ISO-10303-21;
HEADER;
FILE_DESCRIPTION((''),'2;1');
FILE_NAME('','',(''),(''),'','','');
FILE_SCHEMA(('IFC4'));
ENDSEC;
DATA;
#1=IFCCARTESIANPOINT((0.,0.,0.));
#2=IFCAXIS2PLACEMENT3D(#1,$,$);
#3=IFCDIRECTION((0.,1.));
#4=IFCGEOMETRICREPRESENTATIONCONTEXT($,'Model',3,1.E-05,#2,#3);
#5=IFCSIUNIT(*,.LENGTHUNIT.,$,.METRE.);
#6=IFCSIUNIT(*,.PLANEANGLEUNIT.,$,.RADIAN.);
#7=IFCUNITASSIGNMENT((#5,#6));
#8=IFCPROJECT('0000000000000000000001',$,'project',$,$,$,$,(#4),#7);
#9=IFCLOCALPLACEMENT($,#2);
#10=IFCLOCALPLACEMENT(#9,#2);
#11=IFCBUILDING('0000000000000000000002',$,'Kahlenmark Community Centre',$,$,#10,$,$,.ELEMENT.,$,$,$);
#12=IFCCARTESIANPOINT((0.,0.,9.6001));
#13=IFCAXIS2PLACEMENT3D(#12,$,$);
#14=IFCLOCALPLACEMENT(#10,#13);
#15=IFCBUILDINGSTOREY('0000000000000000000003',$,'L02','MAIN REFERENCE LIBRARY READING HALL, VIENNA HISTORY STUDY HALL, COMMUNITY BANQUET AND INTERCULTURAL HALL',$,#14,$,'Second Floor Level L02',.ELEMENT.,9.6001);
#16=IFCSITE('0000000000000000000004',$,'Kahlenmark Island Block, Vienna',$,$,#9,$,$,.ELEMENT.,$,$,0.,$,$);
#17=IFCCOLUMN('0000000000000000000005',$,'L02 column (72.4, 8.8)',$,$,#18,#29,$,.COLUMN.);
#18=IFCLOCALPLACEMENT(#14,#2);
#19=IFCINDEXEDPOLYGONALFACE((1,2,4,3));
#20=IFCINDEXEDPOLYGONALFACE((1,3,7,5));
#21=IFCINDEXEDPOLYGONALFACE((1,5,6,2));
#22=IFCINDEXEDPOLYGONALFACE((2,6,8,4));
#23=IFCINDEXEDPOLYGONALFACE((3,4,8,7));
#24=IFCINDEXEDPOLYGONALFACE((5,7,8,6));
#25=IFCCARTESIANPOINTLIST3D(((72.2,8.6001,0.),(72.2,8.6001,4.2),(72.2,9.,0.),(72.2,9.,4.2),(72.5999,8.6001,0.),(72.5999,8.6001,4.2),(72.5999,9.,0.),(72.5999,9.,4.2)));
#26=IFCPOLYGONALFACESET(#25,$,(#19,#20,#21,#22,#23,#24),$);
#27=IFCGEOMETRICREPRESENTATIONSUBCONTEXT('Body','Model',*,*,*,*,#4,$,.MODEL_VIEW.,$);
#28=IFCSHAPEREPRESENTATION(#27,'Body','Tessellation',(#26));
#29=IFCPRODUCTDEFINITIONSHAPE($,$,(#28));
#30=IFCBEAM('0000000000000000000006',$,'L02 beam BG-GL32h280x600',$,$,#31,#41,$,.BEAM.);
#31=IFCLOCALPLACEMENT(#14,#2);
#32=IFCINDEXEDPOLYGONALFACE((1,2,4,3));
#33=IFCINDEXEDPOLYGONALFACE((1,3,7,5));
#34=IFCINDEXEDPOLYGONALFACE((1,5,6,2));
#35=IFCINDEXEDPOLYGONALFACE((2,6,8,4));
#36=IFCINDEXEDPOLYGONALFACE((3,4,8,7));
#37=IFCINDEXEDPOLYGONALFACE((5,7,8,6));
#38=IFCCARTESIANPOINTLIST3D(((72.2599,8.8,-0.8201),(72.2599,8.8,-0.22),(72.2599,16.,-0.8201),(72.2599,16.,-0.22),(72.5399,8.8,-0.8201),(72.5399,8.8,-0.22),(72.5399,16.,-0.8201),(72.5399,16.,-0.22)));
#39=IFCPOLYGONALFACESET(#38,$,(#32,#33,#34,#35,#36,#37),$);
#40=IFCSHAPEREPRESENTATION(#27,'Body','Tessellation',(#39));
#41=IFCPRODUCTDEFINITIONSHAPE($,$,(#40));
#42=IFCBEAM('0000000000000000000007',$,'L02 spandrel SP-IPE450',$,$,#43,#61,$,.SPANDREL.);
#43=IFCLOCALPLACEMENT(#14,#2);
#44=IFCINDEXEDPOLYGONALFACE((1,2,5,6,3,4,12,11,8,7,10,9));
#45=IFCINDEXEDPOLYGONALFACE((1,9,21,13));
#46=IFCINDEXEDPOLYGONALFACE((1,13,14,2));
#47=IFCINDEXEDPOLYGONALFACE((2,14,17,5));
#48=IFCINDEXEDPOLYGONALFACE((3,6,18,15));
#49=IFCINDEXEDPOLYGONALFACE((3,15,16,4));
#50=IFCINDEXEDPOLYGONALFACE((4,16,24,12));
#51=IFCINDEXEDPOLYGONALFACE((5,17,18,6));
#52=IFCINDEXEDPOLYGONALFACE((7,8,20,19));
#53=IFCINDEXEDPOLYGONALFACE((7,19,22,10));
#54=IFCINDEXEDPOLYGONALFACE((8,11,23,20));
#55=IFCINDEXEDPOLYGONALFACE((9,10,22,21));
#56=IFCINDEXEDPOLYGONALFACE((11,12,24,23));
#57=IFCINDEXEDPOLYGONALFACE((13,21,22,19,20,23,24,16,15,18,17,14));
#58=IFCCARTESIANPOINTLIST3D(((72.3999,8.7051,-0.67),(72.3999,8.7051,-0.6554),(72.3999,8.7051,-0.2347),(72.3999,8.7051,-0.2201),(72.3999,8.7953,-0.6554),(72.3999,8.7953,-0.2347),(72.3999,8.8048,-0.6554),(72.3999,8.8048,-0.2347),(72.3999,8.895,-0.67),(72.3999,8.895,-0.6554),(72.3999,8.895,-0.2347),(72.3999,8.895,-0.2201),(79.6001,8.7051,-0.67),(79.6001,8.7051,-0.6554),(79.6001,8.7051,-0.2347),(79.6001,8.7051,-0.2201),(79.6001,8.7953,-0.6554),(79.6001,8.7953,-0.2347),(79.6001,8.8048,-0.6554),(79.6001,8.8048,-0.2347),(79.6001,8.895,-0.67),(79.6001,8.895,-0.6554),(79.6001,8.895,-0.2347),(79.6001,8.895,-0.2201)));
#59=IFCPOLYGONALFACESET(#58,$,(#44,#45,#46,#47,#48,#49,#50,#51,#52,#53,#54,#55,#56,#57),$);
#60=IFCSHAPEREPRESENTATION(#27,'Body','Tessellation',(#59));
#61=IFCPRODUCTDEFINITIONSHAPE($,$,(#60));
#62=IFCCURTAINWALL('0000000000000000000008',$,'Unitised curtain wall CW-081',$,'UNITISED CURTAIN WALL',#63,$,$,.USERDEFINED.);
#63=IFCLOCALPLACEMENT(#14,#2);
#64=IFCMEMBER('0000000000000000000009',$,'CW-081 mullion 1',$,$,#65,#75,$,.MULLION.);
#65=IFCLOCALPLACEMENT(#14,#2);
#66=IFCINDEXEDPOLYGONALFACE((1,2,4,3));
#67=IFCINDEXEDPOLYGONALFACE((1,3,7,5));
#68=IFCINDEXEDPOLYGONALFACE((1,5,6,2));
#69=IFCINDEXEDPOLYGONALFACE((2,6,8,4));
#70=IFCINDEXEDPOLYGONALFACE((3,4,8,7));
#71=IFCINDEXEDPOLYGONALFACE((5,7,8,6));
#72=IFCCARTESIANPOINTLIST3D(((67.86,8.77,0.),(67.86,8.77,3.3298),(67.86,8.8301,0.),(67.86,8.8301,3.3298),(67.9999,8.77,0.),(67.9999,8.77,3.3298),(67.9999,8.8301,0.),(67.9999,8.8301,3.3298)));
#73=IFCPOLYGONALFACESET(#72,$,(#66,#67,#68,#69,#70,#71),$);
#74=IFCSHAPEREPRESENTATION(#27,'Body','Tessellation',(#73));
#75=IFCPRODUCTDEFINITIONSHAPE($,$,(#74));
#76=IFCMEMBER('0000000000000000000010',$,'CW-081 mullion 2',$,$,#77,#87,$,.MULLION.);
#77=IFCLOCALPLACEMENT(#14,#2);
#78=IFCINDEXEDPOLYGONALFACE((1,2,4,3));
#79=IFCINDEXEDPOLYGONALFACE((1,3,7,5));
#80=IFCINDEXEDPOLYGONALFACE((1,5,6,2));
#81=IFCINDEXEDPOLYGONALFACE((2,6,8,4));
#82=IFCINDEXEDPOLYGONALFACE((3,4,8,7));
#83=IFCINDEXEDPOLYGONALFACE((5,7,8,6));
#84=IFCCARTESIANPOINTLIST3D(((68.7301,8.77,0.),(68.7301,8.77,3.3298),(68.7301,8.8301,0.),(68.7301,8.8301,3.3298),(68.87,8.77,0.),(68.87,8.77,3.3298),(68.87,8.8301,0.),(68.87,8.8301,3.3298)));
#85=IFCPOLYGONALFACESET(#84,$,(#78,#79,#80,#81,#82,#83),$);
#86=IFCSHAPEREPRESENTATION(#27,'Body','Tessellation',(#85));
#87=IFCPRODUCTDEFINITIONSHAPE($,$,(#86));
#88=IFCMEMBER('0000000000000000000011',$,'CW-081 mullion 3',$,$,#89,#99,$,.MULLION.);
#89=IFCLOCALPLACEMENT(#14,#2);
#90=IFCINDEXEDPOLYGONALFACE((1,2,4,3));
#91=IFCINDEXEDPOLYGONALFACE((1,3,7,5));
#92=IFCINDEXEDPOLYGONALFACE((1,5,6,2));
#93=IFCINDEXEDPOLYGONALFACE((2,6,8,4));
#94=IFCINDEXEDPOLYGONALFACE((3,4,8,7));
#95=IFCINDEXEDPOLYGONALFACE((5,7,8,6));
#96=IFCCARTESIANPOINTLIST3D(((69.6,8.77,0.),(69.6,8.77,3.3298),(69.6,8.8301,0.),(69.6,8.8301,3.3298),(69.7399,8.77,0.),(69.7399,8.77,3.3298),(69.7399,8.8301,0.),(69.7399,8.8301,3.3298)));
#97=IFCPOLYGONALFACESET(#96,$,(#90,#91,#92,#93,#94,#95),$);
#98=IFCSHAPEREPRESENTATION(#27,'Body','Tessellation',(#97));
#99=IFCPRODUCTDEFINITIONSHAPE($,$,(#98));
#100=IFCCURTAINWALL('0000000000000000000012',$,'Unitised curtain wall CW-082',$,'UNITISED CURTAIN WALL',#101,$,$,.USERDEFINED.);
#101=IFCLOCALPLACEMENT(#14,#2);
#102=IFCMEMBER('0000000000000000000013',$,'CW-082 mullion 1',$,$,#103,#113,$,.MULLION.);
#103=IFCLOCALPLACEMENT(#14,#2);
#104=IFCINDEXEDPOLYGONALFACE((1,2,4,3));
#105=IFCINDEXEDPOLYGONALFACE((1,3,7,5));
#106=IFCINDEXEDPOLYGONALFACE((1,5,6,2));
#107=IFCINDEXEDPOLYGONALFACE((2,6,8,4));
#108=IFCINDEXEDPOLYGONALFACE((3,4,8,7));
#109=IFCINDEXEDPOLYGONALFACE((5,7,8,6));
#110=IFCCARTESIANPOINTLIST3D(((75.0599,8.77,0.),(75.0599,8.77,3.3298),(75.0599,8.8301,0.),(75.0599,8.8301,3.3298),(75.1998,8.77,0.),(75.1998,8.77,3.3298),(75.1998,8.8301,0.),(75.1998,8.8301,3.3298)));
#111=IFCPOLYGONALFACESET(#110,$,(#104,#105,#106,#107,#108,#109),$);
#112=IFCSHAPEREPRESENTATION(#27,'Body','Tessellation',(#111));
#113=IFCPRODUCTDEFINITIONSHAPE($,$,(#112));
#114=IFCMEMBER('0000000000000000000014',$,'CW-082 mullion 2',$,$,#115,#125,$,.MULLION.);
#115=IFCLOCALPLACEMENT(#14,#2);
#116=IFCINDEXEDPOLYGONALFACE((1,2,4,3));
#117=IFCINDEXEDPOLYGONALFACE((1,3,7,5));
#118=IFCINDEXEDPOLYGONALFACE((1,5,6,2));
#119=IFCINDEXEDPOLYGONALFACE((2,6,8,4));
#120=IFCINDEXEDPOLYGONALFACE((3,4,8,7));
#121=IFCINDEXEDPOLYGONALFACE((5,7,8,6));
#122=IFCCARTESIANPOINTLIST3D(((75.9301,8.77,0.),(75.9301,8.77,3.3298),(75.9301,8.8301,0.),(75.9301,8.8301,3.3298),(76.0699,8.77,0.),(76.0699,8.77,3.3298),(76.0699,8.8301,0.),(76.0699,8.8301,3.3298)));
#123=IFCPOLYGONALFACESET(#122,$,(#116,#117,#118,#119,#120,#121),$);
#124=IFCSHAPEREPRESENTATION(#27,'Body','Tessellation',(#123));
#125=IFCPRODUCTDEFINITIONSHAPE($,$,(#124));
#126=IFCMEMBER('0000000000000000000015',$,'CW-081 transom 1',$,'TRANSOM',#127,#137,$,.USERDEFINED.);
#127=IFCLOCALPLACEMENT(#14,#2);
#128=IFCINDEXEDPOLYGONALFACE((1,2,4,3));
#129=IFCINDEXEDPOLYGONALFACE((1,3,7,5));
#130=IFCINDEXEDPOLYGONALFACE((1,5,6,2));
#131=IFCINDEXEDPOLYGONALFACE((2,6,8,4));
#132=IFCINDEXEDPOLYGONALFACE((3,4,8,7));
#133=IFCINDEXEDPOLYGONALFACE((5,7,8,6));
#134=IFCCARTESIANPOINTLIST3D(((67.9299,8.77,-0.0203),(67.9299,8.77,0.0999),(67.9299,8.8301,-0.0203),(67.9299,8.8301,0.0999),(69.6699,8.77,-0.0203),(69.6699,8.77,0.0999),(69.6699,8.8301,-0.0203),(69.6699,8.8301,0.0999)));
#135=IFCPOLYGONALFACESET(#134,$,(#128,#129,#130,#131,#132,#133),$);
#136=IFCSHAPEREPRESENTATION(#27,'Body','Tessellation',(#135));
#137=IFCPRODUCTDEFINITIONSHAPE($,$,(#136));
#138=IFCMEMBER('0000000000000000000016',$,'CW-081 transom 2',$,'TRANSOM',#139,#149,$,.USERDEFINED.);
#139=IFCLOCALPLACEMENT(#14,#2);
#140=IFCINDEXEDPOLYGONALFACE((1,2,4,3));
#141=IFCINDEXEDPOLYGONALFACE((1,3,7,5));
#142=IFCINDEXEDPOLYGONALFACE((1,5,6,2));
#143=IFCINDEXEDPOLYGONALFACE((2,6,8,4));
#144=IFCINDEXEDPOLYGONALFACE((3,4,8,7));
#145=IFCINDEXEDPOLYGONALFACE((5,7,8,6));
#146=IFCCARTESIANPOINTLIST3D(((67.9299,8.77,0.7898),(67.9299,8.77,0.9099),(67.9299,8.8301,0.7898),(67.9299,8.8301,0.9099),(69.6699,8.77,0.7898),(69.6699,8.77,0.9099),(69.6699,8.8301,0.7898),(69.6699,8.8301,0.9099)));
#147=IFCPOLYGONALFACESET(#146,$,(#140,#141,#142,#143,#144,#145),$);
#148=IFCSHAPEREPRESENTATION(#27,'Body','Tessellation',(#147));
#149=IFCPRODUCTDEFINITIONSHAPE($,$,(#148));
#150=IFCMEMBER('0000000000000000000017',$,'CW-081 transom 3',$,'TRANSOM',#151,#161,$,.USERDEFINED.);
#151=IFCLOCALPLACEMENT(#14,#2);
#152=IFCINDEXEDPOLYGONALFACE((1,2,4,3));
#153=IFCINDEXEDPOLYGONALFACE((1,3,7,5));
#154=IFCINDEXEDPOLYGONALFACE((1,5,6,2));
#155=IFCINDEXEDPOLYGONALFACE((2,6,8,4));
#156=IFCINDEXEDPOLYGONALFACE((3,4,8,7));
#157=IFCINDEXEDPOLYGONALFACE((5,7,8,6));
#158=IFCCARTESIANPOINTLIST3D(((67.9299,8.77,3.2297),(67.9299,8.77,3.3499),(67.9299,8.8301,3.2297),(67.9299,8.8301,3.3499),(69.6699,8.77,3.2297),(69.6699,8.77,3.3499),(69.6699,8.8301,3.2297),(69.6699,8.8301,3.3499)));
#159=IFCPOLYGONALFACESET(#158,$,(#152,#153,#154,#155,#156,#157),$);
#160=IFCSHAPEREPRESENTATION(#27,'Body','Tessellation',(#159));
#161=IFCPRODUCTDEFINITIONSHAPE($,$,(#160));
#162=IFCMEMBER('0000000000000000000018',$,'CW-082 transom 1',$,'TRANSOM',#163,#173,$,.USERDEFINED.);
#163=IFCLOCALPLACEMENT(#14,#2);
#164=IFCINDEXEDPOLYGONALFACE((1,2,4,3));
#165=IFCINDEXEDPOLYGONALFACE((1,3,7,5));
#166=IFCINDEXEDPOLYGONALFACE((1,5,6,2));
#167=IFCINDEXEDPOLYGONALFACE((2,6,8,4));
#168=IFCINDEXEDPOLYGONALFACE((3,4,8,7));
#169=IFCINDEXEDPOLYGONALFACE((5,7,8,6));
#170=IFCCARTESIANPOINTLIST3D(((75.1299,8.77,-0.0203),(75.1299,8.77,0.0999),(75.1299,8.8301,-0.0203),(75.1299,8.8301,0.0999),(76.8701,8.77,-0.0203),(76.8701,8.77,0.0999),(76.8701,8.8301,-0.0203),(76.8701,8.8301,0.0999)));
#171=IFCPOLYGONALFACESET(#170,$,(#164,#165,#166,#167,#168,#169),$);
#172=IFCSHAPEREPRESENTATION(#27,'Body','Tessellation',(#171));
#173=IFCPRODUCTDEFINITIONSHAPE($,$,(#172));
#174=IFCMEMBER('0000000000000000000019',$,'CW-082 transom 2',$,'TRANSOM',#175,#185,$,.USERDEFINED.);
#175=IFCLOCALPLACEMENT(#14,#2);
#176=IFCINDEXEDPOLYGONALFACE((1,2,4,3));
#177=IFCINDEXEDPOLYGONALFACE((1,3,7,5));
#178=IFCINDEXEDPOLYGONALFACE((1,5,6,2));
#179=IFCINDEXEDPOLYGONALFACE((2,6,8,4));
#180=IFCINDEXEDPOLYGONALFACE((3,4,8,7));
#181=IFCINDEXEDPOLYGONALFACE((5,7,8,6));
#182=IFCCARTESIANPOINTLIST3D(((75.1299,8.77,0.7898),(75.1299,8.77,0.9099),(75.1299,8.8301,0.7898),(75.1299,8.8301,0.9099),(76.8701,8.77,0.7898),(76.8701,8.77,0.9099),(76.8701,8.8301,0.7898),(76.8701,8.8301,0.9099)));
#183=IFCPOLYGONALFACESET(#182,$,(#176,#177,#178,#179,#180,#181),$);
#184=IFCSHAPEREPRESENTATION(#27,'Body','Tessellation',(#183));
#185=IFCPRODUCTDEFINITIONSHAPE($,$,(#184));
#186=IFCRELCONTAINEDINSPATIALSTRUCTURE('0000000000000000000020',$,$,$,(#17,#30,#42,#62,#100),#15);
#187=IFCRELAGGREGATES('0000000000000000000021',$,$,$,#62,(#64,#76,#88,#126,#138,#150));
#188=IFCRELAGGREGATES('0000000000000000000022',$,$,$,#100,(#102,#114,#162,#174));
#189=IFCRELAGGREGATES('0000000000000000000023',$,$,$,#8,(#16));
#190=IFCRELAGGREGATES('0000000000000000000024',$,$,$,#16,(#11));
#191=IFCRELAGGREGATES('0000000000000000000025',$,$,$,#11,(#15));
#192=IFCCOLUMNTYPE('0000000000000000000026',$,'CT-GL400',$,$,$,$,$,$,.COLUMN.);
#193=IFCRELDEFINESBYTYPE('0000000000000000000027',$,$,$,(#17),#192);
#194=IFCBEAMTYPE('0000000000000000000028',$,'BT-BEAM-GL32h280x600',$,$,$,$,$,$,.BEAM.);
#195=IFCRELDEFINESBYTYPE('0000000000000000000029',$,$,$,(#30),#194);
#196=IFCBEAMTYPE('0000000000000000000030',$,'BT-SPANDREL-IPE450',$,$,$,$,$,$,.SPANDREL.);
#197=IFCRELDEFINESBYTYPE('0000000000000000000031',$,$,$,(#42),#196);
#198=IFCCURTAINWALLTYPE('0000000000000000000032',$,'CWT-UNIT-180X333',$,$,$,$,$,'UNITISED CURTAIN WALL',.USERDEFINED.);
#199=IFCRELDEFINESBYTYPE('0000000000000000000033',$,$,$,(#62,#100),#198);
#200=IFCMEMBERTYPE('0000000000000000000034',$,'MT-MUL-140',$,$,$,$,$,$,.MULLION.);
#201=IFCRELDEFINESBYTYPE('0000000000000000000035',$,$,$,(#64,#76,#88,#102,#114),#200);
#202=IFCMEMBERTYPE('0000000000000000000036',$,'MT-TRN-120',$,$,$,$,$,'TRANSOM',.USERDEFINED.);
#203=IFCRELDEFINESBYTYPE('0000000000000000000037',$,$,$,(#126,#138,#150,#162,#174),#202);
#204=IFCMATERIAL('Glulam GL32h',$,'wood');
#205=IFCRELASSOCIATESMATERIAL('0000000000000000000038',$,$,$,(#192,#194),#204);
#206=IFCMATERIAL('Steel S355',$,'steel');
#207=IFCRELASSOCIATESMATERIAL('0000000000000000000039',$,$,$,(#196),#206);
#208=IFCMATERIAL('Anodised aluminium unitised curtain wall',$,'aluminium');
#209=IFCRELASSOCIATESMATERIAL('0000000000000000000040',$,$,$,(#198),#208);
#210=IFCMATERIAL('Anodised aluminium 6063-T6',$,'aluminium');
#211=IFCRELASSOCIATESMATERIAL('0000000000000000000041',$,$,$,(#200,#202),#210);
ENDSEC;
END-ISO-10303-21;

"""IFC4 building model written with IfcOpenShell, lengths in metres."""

from ifc_helpers import new_model, si_unit, direction, frame, origin, origin_2d, place, context, subcontext, project, spatial, rectangle, i_section, extrude, material, material_profile, profile_set, type_object, element, aggregate, save


model = new_model("IFC4")

# Units and contexts
model_context = context("Model", 3, precision=1e-05, world=origin(), true_north=direction((0.0, 1.0)))
body_context = subcontext(model_context, "Body", "Model", "MODEL_VIEW")
ifc_project = project(units=[si_unit("LENGTHUNIT", "METRE"), si_unit("PLANEANGLEUNIT", "RADIAN")], contexts=[model_context])

# Site, building, storey
site_placement = place(None, origin())
site = spatial("IfcSite", under=ifc_project, at=site_placement, Name="Kahlenmark Island Block, Vienna", CompositionType="ELEMENT", RefElevation=0.0)
building_placement = place(site_placement, origin())
building = spatial("IfcBuilding", under=site, at=building_placement, Name="Kahlenmark Community Centre", CompositionType="ELEMENT")
storey_placement = place(building_placement, frame((0.0, 0.0, 9.6001)))
storey = spatial("IfcBuildingStorey", under=building, at=storey_placement, Name="L02", Description="MAIN REFERENCE LIBRARY READING HALL, VIENNA HISTORY STUDY HALL, COMMUNITY BANQUET AND INTERCULTURAL HALL", LongName="Second Floor Level L02", CompositionType="ELEMENT", Elevation=9.6001)

# Column
ifc_material_1 = material(Name="Glulam GL32h", Category="wood")
ifc_material_profile_1 = material_profile(ifc_material_1, rectangle(XDim=0.3999, YDim=0.3999, at=origin_2d()), Name="GL32h 400x400")
ifc_profile_set_1 = profile_set([ifc_material_profile_1], Name="Glulam GL32h")
column_type = type_object("IfcColumnType", Name="CT-GL400", PredefinedType="COLUMN", material=ifc_profile_set_1)
column_placement = place(storey_placement, frame((72.3999, 8.8, 0.0), z_axis=(0.0, 0.0, 1.0), x_axis=(1.0, 0.0, 0.0)))
element("IfcColumn", 1, at=column_placement, inside=storey, type_object=column_type, Name="L02 column (72.4, 8.8)", PredefinedType="COLUMN", context=body_context, shape_type="SweptSolid", body=[
    extrude(rectangle(XDim=0.3999, YDim=0.3999, at=origin_2d()), origin(), (0.0, 0.0, 1.0), 4.2),
])

# Beams
ifc_material_profile_2 = material_profile(ifc_material_1, rectangle(XDim=0.28, YDim=0.6001, at=origin_2d()), Name="GL32h 280x600")
ifc_profile_set_2 = profile_set([ifc_material_profile_2], Name="Glulam GL32h")
beam_type_1 = type_object("IfcBeamType", Name="BT-BEAM-GL32h280x600", PredefinedType="BEAM", material=ifc_profile_set_2)
beam_1_placement = place(storey_placement, frame((72.3999, 8.8, -0.52), z_axis=(0.0, 1.0, 0.0), x_axis=(-1.0, 0.0, 0.0)))
element("IfcBeam", 2, at=beam_1_placement, inside=storey, type_object=beam_type_1, Name="L02 beam BG-GL32h280x600", PredefinedType="BEAM", context=body_context, shape_type="SweptSolid", body=[
    extrude(rectangle(XDim=0.28, YDim=0.6001, at=origin_2d()), origin(), (0.0, 0.0, 1.0), 7.2),
])
ifc_material_2 = material(Name="Steel S355", Category="steel")
ifc_material_profile_3 = material_profile(ifc_material_2, i_section(OverallWidth=0.1899, OverallDepth=0.45, WebThickness=0.0095, FlangeThickness=0.0146, at=origin_2d()), Name="IPE 450")
ifc_profile_set_3 = profile_set([ifc_material_profile_3], Name="Steel S355")
beam_type_2 = type_object("IfcBeamType", Name="BT-SPANDREL-IPE450", PredefinedType="SPANDREL", material=ifc_profile_set_3)
beam_2_placement = place(storey_placement, frame((72.3999, 8.8, -0.4451), z_axis=(1.0, 0.0, 0.0), x_axis=(0.0, 1.0, 0.0)))
element("IfcBeam", 3, at=beam_2_placement, inside=storey, type_object=beam_type_2, Name="L02 spandrel SP-IPE450", PredefinedType="SPANDREL", context=body_context, shape_type="SweptSolid", body=[
    extrude(i_section(OverallWidth=0.1899, OverallDepth=0.45, WebThickness=0.0095, FlangeThickness=0.0146, at=origin_2d()), origin(), (0.0, 0.0, 1.0), 7.2002),
])

# Curtain walls, members
ifc_material_3 = material(Name="Anodised aluminium unitised curtain wall", Category="aluminium")
curtain_wall_type = type_object("IfcCurtainWallType", Name="CWT-UNIT-180X333", ElementType="UNITISED CURTAIN WALL", PredefinedType="USERDEFINED", material=ifc_material_3)
curtain_wall_1_placement = place(storey_placement, origin())
curtain_wall_1 = element("IfcCurtainWall", 4, at=curtain_wall_1_placement, inside=storey, type_object=curtain_wall_type, Name="Unitised curtain wall CW-081", ObjectType="UNITISED CURTAIN WALL", PredefinedType="USERDEFINED")
ifc_material_4 = material(Name="Anodised aluminium 6063-T6", Category="aluminium")
ifc_material_profile_4 = material_profile(ifc_material_4, rectangle(XDim=0.0601, YDim=0.1399, at=origin_2d()), Name="ALU MULLION 60x140")
ifc_profile_set_4 = profile_set([ifc_material_profile_4], Name="Anodised aluminium 6063-T6")
member_type_1 = type_object("IfcMemberType", Name="MT-MUL-140", PredefinedType="MULLION", material=ifc_profile_set_4)
member_1_placement = place(storey_placement, frame((67.9299, 8.8, 0.0), z_axis=(0.0, 0.0, 1.0), x_axis=(0.0, 1.0, 0.0)))
member_1 = element("IfcMember", 5, at=member_1_placement, type_object=member_type_1, Name="CW-081 mullion 1", PredefinedType="MULLION", context=body_context, shape_type="SweptSolid", body=[
    extrude(rectangle(XDim=0.0601, YDim=0.1399, at=origin_2d()), origin(), (0.0, 0.0, 1.0), 3.3298),
])
member_2_placement = place(storey_placement, frame((68.8, 8.8, 0.0), z_axis=(0.0, 0.0, 1.0), x_axis=(0.0, 1.0, 0.0)))
member_2 = element("IfcMember", 6, at=member_2_placement, type_object=member_type_1, Name="CW-081 mullion 2", PredefinedType="MULLION", context=body_context, shape_type="SweptSolid", body=[
    extrude(rectangle(XDim=0.0601, YDim=0.1399, at=origin_2d()), origin(), (0.0, 0.0, 1.0), 3.3298),
])
member_3_placement = place(storey_placement, frame((69.6699, 8.8, 0.0), z_axis=(0.0, 0.0, 1.0), x_axis=(0.0, 1.0, 0.0)))
member_3 = element("IfcMember", 7, at=member_3_placement, type_object=member_type_1, Name="CW-081 mullion 3", PredefinedType="MULLION", context=body_context, shape_type="SweptSolid", body=[
    extrude(rectangle(XDim=0.0601, YDim=0.1399, at=origin_2d()), origin(), (0.0, 0.0, 1.0), 3.3298),
])
curtain_wall_2_placement = place(storey_placement, origin())
curtain_wall_2 = element("IfcCurtainWall", 8, at=curtain_wall_2_placement, inside=storey, type_object=curtain_wall_type, Name="Unitised curtain wall CW-082", ObjectType="UNITISED CURTAIN WALL", PredefinedType="USERDEFINED")
member_4_placement = place(storey_placement, frame((75.1299, 8.8, 0.0), z_axis=(0.0, 0.0, 1.0), x_axis=(0.0, 1.0, 0.0)))
member_4 = element("IfcMember", 9, at=member_4_placement, type_object=member_type_1, Name="CW-082 mullion 1", PredefinedType="MULLION", context=body_context, shape_type="SweptSolid", body=[
    extrude(rectangle(XDim=0.0601, YDim=0.1399, at=origin_2d()), origin(), (0.0, 0.0, 1.0), 3.3298),
])
member_5_placement = place(storey_placement, frame((76.0, 8.8, 0.0), z_axis=(0.0, 0.0, 1.0), x_axis=(0.0, 1.0, 0.0)))
member_5 = element("IfcMember", 10, at=member_5_placement, type_object=member_type_1, Name="CW-082 mullion 2", PredefinedType="MULLION", context=body_context, shape_type="SweptSolid", body=[
    extrude(rectangle(XDim=0.0601, YDim=0.1399, at=origin_2d()), origin(), (0.0, 0.0, 1.0), 3.3298),
])

# Members
ifc_material_profile_5 = material_profile(ifc_material_4, rectangle(XDim=0.0601, YDim=0.1201, at=origin_2d()), Name="ALU TRANSOM 60x120")
ifc_profile_set_5 = profile_set([ifc_material_profile_5], Name="Anodised aluminium 6063-T6")
member_type_2 = type_object("IfcMemberType", Name="MT-TRN-120", ElementType="TRANSOM", PredefinedType="USERDEFINED", material=ifc_profile_set_5)
member_6_placement = place(storey_placement, frame((67.9299, 8.8, 0.0398), z_axis=(1.0, 0.0, 0.0), x_axis=(0.0, 1.0, 0.0)))
member_6 = element("IfcMember", 11, at=member_6_placement, type_object=member_type_2, Name="CW-081 transom 1", ObjectType="TRANSOM", PredefinedType="USERDEFINED", context=body_context, shape_type="SweptSolid", body=[
    extrude(rectangle(XDim=0.0601, YDim=0.1201, at=origin_2d()), origin(), (0.0, 0.0, 1.0), 1.74),
])
member_7_placement = place(storey_placement, frame((67.9299, 8.8, 0.8499), z_axis=(1.0, 0.0, 0.0), x_axis=(0.0, 1.0, 0.0)))
member_7 = element("IfcMember", 12, at=member_7_placement, type_object=member_type_2, Name="CW-081 transom 2", ObjectType="TRANSOM", PredefinedType="USERDEFINED", context=body_context, shape_type="SweptSolid", body=[
    extrude(rectangle(XDim=0.0601, YDim=0.1201, at=origin_2d()), origin(), (0.0, 0.0, 1.0), 1.74),
])
member_8_placement = place(storey_placement, frame((67.9299, 8.8, 3.2898), z_axis=(1.0, 0.0, 0.0), x_axis=(0.0, 1.0, 0.0)))
member_8 = element("IfcMember", 13, at=member_8_placement, type_object=member_type_2, Name="CW-081 transom 3", ObjectType="TRANSOM", PredefinedType="USERDEFINED", context=body_context, shape_type="SweptSolid", body=[
    extrude(rectangle(XDim=0.0601, YDim=0.1201, at=origin_2d()), origin(), (0.0, 0.0, 1.0), 1.74),
])
member_9_placement = place(storey_placement, frame((75.1299, 8.8, 0.0398), z_axis=(1.0, 0.0, 0.0), x_axis=(0.0, 1.0, 0.0)))
member_9 = element("IfcMember", 14, at=member_9_placement, type_object=member_type_2, Name="CW-082 transom 1", ObjectType="TRANSOM", PredefinedType="USERDEFINED", context=body_context, shape_type="SweptSolid", body=[
    extrude(rectangle(XDim=0.0601, YDim=0.1201, at=origin_2d()), origin(), (0.0, 0.0, 1.0), 1.7402),
])
member_10_placement = place(storey_placement, frame((75.1299, 8.8, 0.8499), z_axis=(1.0, 0.0, 0.0), x_axis=(0.0, 1.0, 0.0)))
member_10 = element("IfcMember", 15, at=member_10_placement, type_object=member_type_2, Name="CW-082 transom 2", ObjectType="TRANSOM", PredefinedType="USERDEFINED", context=body_context, shape_type="SweptSolid", body=[
    extrude(rectangle(XDim=0.0601, YDim=0.1201, at=origin_2d()), origin(), (0.0, 0.0, 1.0), 1.7402),
])

aggregate(curtain_wall_1, [member_1, member_2, member_3, member_6, member_7, member_8])
aggregate(curtain_wall_2, [member_4, member_5, member_9, member_10])

save(model, "model.ifc")
